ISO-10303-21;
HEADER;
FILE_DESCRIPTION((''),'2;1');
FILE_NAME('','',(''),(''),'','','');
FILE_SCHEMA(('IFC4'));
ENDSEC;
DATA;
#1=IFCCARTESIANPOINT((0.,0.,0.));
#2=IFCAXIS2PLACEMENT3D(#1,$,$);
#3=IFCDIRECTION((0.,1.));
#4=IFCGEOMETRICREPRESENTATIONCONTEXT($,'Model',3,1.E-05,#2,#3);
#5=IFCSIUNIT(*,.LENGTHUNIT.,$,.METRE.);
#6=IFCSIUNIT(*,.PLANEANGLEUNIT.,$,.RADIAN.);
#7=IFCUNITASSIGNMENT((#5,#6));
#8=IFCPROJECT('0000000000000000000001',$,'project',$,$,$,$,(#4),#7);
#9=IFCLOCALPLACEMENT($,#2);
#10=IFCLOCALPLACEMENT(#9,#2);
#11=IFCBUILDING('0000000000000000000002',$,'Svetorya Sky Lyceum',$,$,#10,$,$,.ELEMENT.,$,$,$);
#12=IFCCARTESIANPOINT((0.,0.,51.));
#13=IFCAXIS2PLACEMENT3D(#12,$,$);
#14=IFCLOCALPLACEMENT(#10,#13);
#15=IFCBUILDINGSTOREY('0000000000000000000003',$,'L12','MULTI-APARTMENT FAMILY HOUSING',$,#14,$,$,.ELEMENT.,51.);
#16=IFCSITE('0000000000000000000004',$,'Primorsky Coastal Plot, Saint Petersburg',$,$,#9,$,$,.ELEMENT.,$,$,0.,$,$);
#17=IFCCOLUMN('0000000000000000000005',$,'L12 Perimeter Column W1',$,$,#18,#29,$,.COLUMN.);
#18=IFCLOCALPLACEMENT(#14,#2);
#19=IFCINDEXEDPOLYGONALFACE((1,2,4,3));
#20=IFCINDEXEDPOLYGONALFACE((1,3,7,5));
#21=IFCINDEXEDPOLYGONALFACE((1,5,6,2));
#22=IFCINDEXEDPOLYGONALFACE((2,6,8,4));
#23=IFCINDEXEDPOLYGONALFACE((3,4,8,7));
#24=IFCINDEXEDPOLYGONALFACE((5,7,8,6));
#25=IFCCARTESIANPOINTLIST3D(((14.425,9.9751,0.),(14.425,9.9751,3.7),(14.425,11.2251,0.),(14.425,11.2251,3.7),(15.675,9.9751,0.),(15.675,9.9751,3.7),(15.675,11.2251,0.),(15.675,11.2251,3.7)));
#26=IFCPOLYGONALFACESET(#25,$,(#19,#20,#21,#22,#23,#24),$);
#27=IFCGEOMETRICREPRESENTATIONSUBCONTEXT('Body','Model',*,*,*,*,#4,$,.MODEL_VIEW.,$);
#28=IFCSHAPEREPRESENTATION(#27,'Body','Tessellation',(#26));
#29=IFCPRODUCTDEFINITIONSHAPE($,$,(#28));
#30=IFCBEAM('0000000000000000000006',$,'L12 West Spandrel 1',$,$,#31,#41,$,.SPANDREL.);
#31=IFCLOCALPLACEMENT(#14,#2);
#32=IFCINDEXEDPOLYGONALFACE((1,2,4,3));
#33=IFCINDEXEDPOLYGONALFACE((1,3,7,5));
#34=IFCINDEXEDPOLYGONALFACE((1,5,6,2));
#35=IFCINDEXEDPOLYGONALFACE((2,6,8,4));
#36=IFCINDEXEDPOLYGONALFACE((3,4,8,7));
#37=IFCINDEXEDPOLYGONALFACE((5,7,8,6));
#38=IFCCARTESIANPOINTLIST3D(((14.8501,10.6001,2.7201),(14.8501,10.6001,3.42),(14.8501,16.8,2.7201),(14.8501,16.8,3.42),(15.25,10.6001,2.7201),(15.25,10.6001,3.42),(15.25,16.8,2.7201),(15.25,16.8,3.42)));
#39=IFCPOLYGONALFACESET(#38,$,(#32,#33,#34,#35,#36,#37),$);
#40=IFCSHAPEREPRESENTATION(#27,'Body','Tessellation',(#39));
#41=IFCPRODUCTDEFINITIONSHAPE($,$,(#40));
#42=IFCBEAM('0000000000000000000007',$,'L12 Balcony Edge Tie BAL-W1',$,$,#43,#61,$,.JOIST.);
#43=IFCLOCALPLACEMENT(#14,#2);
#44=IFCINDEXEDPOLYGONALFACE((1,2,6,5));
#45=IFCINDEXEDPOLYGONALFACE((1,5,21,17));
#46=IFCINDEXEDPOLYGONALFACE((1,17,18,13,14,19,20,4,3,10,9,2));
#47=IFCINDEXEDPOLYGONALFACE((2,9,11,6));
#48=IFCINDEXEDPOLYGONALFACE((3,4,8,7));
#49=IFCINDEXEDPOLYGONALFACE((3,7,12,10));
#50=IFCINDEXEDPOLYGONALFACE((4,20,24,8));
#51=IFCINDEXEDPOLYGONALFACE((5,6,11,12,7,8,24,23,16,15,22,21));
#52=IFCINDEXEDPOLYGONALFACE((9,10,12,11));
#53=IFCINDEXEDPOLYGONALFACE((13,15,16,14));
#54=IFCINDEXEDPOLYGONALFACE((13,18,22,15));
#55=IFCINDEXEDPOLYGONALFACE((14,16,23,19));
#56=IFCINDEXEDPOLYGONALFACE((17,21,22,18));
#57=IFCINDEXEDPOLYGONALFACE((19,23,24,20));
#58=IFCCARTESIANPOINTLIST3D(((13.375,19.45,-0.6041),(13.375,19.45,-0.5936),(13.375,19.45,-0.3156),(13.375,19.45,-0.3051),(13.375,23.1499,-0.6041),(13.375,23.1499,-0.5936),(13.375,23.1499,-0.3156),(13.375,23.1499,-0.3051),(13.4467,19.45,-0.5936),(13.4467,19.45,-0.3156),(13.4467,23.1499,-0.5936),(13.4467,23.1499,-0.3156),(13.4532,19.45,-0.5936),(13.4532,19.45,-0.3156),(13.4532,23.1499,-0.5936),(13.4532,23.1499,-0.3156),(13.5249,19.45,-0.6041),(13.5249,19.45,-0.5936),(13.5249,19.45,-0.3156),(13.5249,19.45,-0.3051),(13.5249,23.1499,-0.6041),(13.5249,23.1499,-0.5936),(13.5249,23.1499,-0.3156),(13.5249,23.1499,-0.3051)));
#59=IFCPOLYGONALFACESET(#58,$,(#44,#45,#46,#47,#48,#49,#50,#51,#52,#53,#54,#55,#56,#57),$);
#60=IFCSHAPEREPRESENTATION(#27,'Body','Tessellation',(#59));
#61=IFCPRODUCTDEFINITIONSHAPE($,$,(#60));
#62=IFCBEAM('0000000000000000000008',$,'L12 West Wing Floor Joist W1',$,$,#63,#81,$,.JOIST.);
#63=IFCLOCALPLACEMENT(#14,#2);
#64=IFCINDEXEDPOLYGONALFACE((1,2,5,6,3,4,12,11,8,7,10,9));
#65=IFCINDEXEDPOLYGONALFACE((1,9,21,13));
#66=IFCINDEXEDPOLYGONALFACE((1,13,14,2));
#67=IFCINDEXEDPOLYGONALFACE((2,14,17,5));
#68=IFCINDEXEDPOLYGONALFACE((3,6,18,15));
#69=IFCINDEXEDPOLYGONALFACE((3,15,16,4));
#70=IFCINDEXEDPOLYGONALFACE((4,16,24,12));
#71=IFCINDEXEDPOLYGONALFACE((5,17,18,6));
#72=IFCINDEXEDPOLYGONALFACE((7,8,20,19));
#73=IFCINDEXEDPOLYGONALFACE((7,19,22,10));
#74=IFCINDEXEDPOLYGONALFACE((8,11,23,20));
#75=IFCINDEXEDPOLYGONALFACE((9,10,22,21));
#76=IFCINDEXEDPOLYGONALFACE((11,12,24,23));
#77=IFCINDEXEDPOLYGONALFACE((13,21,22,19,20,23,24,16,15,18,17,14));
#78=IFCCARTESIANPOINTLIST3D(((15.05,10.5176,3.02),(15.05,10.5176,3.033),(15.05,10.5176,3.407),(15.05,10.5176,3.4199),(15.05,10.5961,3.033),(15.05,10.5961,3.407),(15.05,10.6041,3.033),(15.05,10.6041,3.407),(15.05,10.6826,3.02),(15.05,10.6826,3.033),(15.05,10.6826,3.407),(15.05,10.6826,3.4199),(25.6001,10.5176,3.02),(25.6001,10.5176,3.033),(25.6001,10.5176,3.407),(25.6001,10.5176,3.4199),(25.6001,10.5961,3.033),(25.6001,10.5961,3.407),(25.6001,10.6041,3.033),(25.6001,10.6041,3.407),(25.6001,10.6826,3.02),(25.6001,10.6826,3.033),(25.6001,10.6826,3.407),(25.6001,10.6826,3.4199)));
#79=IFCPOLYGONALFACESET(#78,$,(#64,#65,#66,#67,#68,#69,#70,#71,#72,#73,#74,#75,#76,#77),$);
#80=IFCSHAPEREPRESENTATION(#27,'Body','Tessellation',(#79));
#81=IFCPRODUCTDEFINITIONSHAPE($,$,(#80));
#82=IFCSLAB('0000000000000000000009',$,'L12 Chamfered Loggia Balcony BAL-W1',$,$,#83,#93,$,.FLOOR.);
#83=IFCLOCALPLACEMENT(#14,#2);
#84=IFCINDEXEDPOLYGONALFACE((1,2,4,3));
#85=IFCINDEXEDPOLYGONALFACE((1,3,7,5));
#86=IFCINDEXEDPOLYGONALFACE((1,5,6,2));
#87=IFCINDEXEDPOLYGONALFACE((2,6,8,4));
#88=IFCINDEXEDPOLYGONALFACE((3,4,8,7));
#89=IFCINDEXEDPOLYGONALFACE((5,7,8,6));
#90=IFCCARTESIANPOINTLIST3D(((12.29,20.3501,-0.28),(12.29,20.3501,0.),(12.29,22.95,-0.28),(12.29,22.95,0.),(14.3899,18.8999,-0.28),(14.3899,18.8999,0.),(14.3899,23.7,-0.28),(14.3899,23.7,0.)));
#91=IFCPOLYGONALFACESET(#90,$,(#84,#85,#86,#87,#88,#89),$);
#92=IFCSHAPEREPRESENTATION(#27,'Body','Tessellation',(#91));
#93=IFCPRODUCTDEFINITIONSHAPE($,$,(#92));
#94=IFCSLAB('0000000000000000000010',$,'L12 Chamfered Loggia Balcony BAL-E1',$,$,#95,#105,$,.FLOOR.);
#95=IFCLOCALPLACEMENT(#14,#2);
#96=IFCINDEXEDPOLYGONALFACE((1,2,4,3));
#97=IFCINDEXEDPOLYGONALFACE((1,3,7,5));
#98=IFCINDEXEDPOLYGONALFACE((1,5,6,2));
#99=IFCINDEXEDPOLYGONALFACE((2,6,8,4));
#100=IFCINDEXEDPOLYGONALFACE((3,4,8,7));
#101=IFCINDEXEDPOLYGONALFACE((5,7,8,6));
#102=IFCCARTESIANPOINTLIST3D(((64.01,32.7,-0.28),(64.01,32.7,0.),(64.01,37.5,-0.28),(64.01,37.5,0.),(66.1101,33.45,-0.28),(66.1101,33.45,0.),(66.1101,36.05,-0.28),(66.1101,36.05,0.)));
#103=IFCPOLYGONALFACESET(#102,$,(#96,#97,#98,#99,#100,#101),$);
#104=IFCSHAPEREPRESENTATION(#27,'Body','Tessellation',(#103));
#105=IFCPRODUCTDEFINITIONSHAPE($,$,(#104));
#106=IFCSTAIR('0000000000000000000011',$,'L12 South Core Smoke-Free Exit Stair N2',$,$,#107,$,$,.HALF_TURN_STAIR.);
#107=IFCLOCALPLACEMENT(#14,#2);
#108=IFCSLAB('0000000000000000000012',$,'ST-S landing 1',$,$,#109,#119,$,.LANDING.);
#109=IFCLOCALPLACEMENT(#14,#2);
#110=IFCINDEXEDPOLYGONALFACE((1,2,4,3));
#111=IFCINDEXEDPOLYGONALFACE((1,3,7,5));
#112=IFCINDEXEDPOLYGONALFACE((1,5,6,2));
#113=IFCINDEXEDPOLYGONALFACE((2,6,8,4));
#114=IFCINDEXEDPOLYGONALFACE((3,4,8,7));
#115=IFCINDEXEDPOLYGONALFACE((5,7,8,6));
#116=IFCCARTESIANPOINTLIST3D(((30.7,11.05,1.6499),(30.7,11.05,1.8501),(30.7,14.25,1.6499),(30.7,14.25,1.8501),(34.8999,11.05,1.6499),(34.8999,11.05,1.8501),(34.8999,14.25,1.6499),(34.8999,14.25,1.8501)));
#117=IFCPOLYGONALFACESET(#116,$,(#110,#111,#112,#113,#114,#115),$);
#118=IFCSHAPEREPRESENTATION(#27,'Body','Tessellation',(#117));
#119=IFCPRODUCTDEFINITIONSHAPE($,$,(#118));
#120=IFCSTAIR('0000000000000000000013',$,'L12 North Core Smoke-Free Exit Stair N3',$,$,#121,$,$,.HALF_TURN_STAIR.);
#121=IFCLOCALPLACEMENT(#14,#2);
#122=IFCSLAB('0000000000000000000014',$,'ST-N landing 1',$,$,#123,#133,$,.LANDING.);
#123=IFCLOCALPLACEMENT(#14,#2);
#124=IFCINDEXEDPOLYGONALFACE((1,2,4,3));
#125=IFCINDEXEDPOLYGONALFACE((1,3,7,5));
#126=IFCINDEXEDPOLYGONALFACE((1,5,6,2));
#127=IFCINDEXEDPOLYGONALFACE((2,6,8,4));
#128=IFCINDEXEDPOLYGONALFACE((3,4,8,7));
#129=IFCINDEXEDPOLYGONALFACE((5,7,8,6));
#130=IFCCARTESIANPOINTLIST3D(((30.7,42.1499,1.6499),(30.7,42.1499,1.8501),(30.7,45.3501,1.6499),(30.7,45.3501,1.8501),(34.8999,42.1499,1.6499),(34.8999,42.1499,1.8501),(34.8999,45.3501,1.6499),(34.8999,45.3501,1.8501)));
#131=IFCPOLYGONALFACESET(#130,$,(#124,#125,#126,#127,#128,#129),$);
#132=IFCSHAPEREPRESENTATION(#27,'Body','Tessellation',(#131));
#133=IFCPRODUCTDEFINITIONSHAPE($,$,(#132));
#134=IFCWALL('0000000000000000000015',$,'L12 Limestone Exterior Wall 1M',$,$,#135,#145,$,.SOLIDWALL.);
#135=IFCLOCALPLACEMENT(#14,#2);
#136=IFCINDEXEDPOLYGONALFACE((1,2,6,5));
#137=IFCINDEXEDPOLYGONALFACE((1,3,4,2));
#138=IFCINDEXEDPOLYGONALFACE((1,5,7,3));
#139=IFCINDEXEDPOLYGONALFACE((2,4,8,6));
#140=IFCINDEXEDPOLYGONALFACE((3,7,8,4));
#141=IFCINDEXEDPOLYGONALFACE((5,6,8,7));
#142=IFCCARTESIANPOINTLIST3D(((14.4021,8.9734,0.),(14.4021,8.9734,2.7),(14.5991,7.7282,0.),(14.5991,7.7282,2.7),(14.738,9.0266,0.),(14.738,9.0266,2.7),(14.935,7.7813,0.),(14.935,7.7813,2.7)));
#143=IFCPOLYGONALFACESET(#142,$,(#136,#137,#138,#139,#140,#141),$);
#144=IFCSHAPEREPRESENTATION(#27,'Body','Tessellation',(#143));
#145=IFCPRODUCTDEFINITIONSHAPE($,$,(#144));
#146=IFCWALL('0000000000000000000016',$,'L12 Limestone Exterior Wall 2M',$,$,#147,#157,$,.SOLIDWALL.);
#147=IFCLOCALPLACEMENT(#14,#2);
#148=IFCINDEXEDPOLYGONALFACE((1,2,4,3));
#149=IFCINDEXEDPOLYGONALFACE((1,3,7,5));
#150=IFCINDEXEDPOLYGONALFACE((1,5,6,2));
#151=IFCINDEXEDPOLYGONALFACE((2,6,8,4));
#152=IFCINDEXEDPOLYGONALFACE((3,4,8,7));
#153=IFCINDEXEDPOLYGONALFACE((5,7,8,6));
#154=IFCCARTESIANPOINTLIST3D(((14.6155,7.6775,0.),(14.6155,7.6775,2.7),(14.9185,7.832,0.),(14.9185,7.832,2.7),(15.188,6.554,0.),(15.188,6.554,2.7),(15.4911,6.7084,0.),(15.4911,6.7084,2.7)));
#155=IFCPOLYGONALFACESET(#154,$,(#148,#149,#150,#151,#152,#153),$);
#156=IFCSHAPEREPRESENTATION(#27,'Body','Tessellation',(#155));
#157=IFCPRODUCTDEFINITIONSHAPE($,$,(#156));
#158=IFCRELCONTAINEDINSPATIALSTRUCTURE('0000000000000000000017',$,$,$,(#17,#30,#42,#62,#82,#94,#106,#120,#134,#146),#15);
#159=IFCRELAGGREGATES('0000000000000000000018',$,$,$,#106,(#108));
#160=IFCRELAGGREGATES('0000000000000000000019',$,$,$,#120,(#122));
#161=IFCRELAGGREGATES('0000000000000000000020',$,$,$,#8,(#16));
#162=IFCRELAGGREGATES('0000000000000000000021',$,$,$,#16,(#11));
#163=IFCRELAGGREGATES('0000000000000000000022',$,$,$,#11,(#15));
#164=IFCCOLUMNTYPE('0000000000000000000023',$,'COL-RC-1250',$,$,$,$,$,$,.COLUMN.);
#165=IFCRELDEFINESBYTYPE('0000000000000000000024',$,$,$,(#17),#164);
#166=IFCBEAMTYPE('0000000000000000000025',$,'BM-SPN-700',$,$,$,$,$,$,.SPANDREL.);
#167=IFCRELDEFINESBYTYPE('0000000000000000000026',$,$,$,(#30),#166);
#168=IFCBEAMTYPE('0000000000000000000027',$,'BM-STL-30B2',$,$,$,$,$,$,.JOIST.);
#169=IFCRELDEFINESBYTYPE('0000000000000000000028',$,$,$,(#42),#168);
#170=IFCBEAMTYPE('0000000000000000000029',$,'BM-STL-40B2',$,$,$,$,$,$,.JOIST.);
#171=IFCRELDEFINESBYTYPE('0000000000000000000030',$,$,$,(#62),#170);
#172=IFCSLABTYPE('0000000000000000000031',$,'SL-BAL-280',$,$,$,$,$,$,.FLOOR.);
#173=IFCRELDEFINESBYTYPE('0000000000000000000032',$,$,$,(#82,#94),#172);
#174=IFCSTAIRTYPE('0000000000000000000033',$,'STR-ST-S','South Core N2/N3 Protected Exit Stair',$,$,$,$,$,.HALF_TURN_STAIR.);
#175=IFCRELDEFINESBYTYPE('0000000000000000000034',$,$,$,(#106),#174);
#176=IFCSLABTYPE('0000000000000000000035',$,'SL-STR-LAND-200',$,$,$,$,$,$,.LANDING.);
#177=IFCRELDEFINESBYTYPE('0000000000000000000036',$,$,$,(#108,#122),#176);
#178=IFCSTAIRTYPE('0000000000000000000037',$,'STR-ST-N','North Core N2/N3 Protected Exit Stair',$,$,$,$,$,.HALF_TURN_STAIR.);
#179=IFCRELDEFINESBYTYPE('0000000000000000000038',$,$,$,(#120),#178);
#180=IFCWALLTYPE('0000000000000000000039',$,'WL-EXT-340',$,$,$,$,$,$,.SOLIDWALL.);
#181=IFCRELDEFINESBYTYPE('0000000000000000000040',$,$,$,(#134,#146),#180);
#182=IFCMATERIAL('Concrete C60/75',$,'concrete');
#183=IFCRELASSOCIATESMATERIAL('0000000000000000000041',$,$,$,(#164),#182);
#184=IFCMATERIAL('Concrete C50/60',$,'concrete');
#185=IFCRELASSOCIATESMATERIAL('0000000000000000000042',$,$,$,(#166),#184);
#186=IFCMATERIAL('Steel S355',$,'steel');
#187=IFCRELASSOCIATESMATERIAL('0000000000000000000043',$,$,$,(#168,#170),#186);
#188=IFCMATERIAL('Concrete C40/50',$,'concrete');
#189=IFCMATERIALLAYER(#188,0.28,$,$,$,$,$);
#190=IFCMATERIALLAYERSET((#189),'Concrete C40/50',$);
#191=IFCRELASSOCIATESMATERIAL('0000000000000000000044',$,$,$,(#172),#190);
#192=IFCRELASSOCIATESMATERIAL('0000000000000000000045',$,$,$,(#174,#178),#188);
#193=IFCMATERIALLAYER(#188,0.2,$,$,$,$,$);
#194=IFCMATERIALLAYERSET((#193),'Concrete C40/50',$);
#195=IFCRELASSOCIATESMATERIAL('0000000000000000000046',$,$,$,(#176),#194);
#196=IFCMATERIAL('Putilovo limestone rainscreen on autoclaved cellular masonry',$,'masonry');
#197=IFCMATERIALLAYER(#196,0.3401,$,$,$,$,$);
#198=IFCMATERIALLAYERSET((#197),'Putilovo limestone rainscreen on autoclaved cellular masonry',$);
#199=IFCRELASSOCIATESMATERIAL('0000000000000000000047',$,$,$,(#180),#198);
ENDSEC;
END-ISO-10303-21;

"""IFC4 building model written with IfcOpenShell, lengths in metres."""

from ifc_helpers import new_model, si_unit, direction, frame, frame_2d, origin, origin_2d, place, context, subcontext, project, spatial, polyline, rectangle, i_section, outline, extrude, material, layer, layer_set, material_profile, profile_set, type_object, element, aggregate, save


model = new_model("IFC4")

# Units and contexts
model_context = context("Model", 3, precision=1e-05, world=origin(), true_north=direction((0.0, 1.0)))
body_context = subcontext(model_context, "Body", "Model", "MODEL_VIEW")
ifc_project = project(units=[si_unit("LENGTHUNIT", "METRE"), si_unit("PLANEANGLEUNIT", "RADIAN")], contexts=[model_context])

# Site, building, storey
site_placement = place(None, origin())
site = spatial("IfcSite", under=ifc_project, at=site_placement, Name="Primorsky Coastal Plot, Saint Petersburg", CompositionType="ELEMENT", RefElevation=0.0)
building_placement = place(site_placement, origin())
building = spatial("IfcBuilding", under=site, at=building_placement, Name="Svetorya Sky Lyceum", CompositionType="ELEMENT")
storey_placement = place(building_placement, frame((0.0, 0.0, 51.0)))
storey = spatial("IfcBuildingStorey", under=building, at=storey_placement, Name="L12", Description="MULTI-APARTMENT FAMILY HOUSING", CompositionType="ELEMENT", Elevation=51.0)

# Column
ifc_material_1 = material(Name="Concrete C60/75", Category="concrete")
ifc_material_profile_1 = material_profile(ifc_material_1, rectangle(XDim=1.25, YDim=1.25, at=origin_2d()), Name="RC COL 1250x1250")
ifc_profile_set_1 = profile_set([ifc_material_profile_1], Name="Concrete C60/75")
column_type = type_object("IfcColumnType", Name="COL-RC-1250", PredefinedType="COLUMN", material=ifc_profile_set_1)
column_placement = place(storey_placement, frame((15.05, 10.6001, 0.0), z_axis=(0.0, 0.0, 1.0), x_axis=(1.0, 0.0, 0.0)))
element("IfcColumn", 1, at=column_placement, inside=storey, type_object=column_type, Name="L12 Perimeter Column W1", PredefinedType="COLUMN", context=body_context, shape_type="SweptSolid", body=[
    extrude(rectangle(XDim=1.25, YDim=1.25, at=origin_2d()), origin(), (0.0, 0.0, 1.0), 3.7),
])

# Beams
ifc_material_2 = material(Name="Concrete C50/60", Category="concrete")
ifc_material_profile_2 = material_profile(ifc_material_2, rectangle(XDim=0.3999, YDim=0.7, at=origin_2d()), Name="RC SPANDREL 400x700")
ifc_profile_set_2 = profile_set([ifc_material_profile_2], Name="Concrete C50/60")
beam_type_1 = type_object("IfcBeamType", Name="BM-SPN-700", PredefinedType="SPANDREL", material=ifc_profile_set_2)
beam_1_placement = place(storey_placement, frame((15.05, 10.6001, 3.0701), z_axis=(0.0, 1.0, 0.0), x_axis=(-1.0, 0.0, 0.0)))
element("IfcBeam", 2, at=beam_1_placement, inside=storey, type_object=beam_type_1, Name="L12 West Spandrel 1", PredefinedType="SPANDREL", context=body_context, shape_type="SweptSolid", body=[
    extrude(rectangle(XDim=0.3999, YDim=0.7, at=origin_2d()), origin(), (0.0, 0.0, 1.0), 6.2),
])
ifc_material_3 = material(Name="Steel S355", Category="steel")
ifc_material_profile_3 = material_profile(ifc_material_3, i_section(OverallWidth=0.1499, OverallDepth=0.2991, WebThickness=0.0066, FlangeThickness=0.0105, at=origin_2d()), Name="GOST 30B2")
ifc_profile_set_3 = profile_set([ifc_material_profile_3], Name="Steel S355")
beam_type_2 = type_object("IfcBeamType", Name="BM-STL-30B2", PredefinedType="JOIST", material=ifc_profile_set_3)
beam_2_placement = place(storey_placement, frame((13.45, 19.45, -0.4546), z_axis=(0.0, 1.0, 0.0), x_axis=(-1.0, 0.0, 0.0)))
element("IfcBeam", 3, at=beam_2_placement, inside=storey, type_object=beam_type_2, Name="L12 Balcony Edge Tie BAL-W1", PredefinedType="JOIST", context=body_context, shape_type="SweptSolid", body=[
    extrude(i_section(OverallWidth=0.1499, OverallDepth=0.2991, WebThickness=0.0066, FlangeThickness=0.0105, at=origin_2d()), origin(), (0.0, 0.0, 1.0), 3.7),
])
ifc_material_profile_4 = material_profile(ifc_material_3, i_section(OverallWidth=0.165, OverallDepth=0.3999, WebThickness=0.0081, FlangeThickness=0.0129, at=origin_2d()), Name="GOST 40B2")
ifc_profile_set_4 = profile_set([ifc_material_profile_4], Name="Steel S355")
beam_type_3 = type_object("IfcBeamType", Name="BM-STL-40B2", PredefinedType="JOIST", material=ifc_profile_set_4)
beam_3_placement = place(storey_placement, frame((15.05, 10.6001, 3.22), z_axis=(1.0, 0.0, 0.0), x_axis=(0.0, 1.0, 0.0)))
element("IfcBeam", 4, at=beam_3_placement, inside=storey, type_object=beam_type_3, Name="L12 West Wing Floor Joist W1", PredefinedType="JOIST", context=body_context, shape_type="SweptSolid", body=[
    extrude(i_section(OverallWidth=0.165, OverallDepth=0.3999, WebThickness=0.0081, FlangeThickness=0.0129, at=origin_2d()), origin(), (0.0, 0.0, 1.0), 10.55),
])

# Slabs
ifc_material_4 = material(Name="Concrete C40/50", Category="concrete")
ifc_layer_1 = layer(ifc_material_4, 0.28)
ifc_layer_set_1 = layer_set([ifc_layer_1], Name="Concrete C40/50")
slab_type_1 = type_object("IfcSlabType", Name="SL-BAL-280", PredefinedType="FLOOR", material=ifc_layer_set_1)
slab_1_placement = place(storey_placement, frame((0.0, 0.0, -0.28)))
element("IfcSlab", 5, at=slab_1_placement, inside=storey, type_object=slab_type_1, Name="L12 Chamfered Loggia Balcony BAL-W1", PredefinedType="FLOOR", context=body_context, shape_type="SweptSolid", body=[
    extrude(outline(polyline([(14.3899, 18.8999), (14.3899, 23.7), (12.29, 22.95), (12.29, 20.3501), (14.3899, 18.8999)])), origin(), (0.0, 0.0, 1.0), 0.28),
])
slab_2_placement = place(storey_placement, frame((0.0, 0.0, -0.28)))
element("IfcSlab", 6, at=slab_2_placement, inside=storey, type_object=slab_type_1, Name="L12 Chamfered Loggia Balcony BAL-E1", PredefinedType="FLOOR", context=body_context, shape_type="SweptSolid", body=[
    extrude(outline(polyline([(64.01, 32.7), (66.1101, 33.45), (66.1101, 36.05), (64.01, 37.5), (64.01, 32.7)])), origin(), (0.0, 0.0, 1.0), 0.28),
])

# Stairs, slabs
stair_type_1 = type_object("IfcStairType", Name="STR-ST-S", Description="South Core N2/N3 Protected Exit Stair", PredefinedType="HALF_TURN_STAIR", material=ifc_material_4)
stair_1_placement = place(storey_placement, origin())
stair_1 = element("IfcStair", 7, at=stair_1_placement, inside=storey, type_object=stair_type_1, Name="L12 South Core Smoke-Free Exit Stair N2", PredefinedType="HALF_TURN_STAIR")
ifc_layer_2 = layer(ifc_material_4, 0.2)
ifc_layer_set_2 = layer_set([ifc_layer_2], Name="Concrete C40/50")
slab_type_2 = type_object("IfcSlabType", Name="SL-STR-LAND-200", PredefinedType="LANDING", material=ifc_layer_set_2)
slab_3_placement = place(storey_placement, frame((0.0, 0.0, 1.6499)))
slab_3 = element("IfcSlab", 8, at=slab_3_placement, type_object=slab_type_2, Name="ST-S landing 1", PredefinedType="LANDING", context=body_context, shape_type="SweptSolid", body=[
    extrude(outline(polyline([(30.7, 11.05), (34.8999, 11.05), (34.8999, 14.25), (30.7, 14.25), (30.7, 11.05)])), origin(), (0.0, 0.0, 1.0), 0.2002),
])
aggregate(stair_1, [slab_3])
stair_type_2 = type_object("IfcStairType", Name="STR-ST-N", Description="North Core N2/N3 Protected Exit Stair", PredefinedType="HALF_TURN_STAIR", material=ifc_material_4)
stair_2_placement = place(storey_placement, origin())
stair_2 = element("IfcStair", 9, at=stair_2_placement, inside=storey, type_object=stair_type_2, Name="L12 North Core Smoke-Free Exit Stair N3", PredefinedType="HALF_TURN_STAIR")
slab_4_placement = place(storey_placement, frame((0.0, 0.0, 1.6499)))
slab_4 = element("IfcSlab", 10, at=slab_4_placement, type_object=slab_type_2, Name="ST-N landing 1", PredefinedType="LANDING", context=body_context, shape_type="SweptSolid", body=[
    extrude(outline(polyline([(30.7, 42.1499), (34.8999, 42.1499), (34.8999, 45.3501), (30.7, 45.3501), (30.7, 42.1499)])), origin(), (0.0, 0.0, 1.0), 0.2002),
])
aggregate(stair_2, [slab_4])

# Walls
ifc_material_5 = material(Name="Putilovo limestone rainscreen on autoclaved cellular masonry", Category="masonry")
ifc_layer_3 = layer(ifc_material_5, 0.3401)
ifc_layer_set_3 = layer_set([ifc_layer_3], Name="Putilovo limestone rainscreen on autoclaved cellular masonry")
wall_type_1 = type_object("IfcWallType", Name="WL-EXT-340", PredefinedType="SOLIDWALL", material=ifc_layer_set_3)
wall_1_placement = place(storey_placement, frame((14.5701, 9.0, 0.0), z_axis=(0.0, 0.0, 1.0), x_axis=(0.156261, -0.987716, 0.0)))
element("IfcWall", 11, at=wall_1_placement, inside=storey, type_object=wall_type_1, Name="L12 Limestone Exterior Wall 1M", PredefinedType="SOLIDWALL", context=body_context, shape_type="SweptSolid", body=[
    extrude(rectangle(XDim=1.2607, YDim=0.3401, at=frame_2d((0.6304, 0.0))), origin(), (0.0, 0.0, 1.0), 2.7),
])
wall_2_placement = place(storey_placement, frame((14.7671, 7.7546, 0.0), z_axis=(0.0, 0.0, 1.0), x_axis=(0.454016, -0.890994, 0.0)))
element("IfcWall", 12, at=wall_2_placement, inside=storey, type_object=wall_type_1, Name="L12 Limestone Exterior Wall 2M", PredefinedType="SOLIDWALL", context=body_context, shape_type="SweptSolid", body=[
    extrude(rectangle(XDim=1.261, YDim=0.3401, at=frame_2d((0.6304, 0.0))), origin(), (0.0, 0.0, 1.0), 2.7),
])

save(model, "model.ifc")
